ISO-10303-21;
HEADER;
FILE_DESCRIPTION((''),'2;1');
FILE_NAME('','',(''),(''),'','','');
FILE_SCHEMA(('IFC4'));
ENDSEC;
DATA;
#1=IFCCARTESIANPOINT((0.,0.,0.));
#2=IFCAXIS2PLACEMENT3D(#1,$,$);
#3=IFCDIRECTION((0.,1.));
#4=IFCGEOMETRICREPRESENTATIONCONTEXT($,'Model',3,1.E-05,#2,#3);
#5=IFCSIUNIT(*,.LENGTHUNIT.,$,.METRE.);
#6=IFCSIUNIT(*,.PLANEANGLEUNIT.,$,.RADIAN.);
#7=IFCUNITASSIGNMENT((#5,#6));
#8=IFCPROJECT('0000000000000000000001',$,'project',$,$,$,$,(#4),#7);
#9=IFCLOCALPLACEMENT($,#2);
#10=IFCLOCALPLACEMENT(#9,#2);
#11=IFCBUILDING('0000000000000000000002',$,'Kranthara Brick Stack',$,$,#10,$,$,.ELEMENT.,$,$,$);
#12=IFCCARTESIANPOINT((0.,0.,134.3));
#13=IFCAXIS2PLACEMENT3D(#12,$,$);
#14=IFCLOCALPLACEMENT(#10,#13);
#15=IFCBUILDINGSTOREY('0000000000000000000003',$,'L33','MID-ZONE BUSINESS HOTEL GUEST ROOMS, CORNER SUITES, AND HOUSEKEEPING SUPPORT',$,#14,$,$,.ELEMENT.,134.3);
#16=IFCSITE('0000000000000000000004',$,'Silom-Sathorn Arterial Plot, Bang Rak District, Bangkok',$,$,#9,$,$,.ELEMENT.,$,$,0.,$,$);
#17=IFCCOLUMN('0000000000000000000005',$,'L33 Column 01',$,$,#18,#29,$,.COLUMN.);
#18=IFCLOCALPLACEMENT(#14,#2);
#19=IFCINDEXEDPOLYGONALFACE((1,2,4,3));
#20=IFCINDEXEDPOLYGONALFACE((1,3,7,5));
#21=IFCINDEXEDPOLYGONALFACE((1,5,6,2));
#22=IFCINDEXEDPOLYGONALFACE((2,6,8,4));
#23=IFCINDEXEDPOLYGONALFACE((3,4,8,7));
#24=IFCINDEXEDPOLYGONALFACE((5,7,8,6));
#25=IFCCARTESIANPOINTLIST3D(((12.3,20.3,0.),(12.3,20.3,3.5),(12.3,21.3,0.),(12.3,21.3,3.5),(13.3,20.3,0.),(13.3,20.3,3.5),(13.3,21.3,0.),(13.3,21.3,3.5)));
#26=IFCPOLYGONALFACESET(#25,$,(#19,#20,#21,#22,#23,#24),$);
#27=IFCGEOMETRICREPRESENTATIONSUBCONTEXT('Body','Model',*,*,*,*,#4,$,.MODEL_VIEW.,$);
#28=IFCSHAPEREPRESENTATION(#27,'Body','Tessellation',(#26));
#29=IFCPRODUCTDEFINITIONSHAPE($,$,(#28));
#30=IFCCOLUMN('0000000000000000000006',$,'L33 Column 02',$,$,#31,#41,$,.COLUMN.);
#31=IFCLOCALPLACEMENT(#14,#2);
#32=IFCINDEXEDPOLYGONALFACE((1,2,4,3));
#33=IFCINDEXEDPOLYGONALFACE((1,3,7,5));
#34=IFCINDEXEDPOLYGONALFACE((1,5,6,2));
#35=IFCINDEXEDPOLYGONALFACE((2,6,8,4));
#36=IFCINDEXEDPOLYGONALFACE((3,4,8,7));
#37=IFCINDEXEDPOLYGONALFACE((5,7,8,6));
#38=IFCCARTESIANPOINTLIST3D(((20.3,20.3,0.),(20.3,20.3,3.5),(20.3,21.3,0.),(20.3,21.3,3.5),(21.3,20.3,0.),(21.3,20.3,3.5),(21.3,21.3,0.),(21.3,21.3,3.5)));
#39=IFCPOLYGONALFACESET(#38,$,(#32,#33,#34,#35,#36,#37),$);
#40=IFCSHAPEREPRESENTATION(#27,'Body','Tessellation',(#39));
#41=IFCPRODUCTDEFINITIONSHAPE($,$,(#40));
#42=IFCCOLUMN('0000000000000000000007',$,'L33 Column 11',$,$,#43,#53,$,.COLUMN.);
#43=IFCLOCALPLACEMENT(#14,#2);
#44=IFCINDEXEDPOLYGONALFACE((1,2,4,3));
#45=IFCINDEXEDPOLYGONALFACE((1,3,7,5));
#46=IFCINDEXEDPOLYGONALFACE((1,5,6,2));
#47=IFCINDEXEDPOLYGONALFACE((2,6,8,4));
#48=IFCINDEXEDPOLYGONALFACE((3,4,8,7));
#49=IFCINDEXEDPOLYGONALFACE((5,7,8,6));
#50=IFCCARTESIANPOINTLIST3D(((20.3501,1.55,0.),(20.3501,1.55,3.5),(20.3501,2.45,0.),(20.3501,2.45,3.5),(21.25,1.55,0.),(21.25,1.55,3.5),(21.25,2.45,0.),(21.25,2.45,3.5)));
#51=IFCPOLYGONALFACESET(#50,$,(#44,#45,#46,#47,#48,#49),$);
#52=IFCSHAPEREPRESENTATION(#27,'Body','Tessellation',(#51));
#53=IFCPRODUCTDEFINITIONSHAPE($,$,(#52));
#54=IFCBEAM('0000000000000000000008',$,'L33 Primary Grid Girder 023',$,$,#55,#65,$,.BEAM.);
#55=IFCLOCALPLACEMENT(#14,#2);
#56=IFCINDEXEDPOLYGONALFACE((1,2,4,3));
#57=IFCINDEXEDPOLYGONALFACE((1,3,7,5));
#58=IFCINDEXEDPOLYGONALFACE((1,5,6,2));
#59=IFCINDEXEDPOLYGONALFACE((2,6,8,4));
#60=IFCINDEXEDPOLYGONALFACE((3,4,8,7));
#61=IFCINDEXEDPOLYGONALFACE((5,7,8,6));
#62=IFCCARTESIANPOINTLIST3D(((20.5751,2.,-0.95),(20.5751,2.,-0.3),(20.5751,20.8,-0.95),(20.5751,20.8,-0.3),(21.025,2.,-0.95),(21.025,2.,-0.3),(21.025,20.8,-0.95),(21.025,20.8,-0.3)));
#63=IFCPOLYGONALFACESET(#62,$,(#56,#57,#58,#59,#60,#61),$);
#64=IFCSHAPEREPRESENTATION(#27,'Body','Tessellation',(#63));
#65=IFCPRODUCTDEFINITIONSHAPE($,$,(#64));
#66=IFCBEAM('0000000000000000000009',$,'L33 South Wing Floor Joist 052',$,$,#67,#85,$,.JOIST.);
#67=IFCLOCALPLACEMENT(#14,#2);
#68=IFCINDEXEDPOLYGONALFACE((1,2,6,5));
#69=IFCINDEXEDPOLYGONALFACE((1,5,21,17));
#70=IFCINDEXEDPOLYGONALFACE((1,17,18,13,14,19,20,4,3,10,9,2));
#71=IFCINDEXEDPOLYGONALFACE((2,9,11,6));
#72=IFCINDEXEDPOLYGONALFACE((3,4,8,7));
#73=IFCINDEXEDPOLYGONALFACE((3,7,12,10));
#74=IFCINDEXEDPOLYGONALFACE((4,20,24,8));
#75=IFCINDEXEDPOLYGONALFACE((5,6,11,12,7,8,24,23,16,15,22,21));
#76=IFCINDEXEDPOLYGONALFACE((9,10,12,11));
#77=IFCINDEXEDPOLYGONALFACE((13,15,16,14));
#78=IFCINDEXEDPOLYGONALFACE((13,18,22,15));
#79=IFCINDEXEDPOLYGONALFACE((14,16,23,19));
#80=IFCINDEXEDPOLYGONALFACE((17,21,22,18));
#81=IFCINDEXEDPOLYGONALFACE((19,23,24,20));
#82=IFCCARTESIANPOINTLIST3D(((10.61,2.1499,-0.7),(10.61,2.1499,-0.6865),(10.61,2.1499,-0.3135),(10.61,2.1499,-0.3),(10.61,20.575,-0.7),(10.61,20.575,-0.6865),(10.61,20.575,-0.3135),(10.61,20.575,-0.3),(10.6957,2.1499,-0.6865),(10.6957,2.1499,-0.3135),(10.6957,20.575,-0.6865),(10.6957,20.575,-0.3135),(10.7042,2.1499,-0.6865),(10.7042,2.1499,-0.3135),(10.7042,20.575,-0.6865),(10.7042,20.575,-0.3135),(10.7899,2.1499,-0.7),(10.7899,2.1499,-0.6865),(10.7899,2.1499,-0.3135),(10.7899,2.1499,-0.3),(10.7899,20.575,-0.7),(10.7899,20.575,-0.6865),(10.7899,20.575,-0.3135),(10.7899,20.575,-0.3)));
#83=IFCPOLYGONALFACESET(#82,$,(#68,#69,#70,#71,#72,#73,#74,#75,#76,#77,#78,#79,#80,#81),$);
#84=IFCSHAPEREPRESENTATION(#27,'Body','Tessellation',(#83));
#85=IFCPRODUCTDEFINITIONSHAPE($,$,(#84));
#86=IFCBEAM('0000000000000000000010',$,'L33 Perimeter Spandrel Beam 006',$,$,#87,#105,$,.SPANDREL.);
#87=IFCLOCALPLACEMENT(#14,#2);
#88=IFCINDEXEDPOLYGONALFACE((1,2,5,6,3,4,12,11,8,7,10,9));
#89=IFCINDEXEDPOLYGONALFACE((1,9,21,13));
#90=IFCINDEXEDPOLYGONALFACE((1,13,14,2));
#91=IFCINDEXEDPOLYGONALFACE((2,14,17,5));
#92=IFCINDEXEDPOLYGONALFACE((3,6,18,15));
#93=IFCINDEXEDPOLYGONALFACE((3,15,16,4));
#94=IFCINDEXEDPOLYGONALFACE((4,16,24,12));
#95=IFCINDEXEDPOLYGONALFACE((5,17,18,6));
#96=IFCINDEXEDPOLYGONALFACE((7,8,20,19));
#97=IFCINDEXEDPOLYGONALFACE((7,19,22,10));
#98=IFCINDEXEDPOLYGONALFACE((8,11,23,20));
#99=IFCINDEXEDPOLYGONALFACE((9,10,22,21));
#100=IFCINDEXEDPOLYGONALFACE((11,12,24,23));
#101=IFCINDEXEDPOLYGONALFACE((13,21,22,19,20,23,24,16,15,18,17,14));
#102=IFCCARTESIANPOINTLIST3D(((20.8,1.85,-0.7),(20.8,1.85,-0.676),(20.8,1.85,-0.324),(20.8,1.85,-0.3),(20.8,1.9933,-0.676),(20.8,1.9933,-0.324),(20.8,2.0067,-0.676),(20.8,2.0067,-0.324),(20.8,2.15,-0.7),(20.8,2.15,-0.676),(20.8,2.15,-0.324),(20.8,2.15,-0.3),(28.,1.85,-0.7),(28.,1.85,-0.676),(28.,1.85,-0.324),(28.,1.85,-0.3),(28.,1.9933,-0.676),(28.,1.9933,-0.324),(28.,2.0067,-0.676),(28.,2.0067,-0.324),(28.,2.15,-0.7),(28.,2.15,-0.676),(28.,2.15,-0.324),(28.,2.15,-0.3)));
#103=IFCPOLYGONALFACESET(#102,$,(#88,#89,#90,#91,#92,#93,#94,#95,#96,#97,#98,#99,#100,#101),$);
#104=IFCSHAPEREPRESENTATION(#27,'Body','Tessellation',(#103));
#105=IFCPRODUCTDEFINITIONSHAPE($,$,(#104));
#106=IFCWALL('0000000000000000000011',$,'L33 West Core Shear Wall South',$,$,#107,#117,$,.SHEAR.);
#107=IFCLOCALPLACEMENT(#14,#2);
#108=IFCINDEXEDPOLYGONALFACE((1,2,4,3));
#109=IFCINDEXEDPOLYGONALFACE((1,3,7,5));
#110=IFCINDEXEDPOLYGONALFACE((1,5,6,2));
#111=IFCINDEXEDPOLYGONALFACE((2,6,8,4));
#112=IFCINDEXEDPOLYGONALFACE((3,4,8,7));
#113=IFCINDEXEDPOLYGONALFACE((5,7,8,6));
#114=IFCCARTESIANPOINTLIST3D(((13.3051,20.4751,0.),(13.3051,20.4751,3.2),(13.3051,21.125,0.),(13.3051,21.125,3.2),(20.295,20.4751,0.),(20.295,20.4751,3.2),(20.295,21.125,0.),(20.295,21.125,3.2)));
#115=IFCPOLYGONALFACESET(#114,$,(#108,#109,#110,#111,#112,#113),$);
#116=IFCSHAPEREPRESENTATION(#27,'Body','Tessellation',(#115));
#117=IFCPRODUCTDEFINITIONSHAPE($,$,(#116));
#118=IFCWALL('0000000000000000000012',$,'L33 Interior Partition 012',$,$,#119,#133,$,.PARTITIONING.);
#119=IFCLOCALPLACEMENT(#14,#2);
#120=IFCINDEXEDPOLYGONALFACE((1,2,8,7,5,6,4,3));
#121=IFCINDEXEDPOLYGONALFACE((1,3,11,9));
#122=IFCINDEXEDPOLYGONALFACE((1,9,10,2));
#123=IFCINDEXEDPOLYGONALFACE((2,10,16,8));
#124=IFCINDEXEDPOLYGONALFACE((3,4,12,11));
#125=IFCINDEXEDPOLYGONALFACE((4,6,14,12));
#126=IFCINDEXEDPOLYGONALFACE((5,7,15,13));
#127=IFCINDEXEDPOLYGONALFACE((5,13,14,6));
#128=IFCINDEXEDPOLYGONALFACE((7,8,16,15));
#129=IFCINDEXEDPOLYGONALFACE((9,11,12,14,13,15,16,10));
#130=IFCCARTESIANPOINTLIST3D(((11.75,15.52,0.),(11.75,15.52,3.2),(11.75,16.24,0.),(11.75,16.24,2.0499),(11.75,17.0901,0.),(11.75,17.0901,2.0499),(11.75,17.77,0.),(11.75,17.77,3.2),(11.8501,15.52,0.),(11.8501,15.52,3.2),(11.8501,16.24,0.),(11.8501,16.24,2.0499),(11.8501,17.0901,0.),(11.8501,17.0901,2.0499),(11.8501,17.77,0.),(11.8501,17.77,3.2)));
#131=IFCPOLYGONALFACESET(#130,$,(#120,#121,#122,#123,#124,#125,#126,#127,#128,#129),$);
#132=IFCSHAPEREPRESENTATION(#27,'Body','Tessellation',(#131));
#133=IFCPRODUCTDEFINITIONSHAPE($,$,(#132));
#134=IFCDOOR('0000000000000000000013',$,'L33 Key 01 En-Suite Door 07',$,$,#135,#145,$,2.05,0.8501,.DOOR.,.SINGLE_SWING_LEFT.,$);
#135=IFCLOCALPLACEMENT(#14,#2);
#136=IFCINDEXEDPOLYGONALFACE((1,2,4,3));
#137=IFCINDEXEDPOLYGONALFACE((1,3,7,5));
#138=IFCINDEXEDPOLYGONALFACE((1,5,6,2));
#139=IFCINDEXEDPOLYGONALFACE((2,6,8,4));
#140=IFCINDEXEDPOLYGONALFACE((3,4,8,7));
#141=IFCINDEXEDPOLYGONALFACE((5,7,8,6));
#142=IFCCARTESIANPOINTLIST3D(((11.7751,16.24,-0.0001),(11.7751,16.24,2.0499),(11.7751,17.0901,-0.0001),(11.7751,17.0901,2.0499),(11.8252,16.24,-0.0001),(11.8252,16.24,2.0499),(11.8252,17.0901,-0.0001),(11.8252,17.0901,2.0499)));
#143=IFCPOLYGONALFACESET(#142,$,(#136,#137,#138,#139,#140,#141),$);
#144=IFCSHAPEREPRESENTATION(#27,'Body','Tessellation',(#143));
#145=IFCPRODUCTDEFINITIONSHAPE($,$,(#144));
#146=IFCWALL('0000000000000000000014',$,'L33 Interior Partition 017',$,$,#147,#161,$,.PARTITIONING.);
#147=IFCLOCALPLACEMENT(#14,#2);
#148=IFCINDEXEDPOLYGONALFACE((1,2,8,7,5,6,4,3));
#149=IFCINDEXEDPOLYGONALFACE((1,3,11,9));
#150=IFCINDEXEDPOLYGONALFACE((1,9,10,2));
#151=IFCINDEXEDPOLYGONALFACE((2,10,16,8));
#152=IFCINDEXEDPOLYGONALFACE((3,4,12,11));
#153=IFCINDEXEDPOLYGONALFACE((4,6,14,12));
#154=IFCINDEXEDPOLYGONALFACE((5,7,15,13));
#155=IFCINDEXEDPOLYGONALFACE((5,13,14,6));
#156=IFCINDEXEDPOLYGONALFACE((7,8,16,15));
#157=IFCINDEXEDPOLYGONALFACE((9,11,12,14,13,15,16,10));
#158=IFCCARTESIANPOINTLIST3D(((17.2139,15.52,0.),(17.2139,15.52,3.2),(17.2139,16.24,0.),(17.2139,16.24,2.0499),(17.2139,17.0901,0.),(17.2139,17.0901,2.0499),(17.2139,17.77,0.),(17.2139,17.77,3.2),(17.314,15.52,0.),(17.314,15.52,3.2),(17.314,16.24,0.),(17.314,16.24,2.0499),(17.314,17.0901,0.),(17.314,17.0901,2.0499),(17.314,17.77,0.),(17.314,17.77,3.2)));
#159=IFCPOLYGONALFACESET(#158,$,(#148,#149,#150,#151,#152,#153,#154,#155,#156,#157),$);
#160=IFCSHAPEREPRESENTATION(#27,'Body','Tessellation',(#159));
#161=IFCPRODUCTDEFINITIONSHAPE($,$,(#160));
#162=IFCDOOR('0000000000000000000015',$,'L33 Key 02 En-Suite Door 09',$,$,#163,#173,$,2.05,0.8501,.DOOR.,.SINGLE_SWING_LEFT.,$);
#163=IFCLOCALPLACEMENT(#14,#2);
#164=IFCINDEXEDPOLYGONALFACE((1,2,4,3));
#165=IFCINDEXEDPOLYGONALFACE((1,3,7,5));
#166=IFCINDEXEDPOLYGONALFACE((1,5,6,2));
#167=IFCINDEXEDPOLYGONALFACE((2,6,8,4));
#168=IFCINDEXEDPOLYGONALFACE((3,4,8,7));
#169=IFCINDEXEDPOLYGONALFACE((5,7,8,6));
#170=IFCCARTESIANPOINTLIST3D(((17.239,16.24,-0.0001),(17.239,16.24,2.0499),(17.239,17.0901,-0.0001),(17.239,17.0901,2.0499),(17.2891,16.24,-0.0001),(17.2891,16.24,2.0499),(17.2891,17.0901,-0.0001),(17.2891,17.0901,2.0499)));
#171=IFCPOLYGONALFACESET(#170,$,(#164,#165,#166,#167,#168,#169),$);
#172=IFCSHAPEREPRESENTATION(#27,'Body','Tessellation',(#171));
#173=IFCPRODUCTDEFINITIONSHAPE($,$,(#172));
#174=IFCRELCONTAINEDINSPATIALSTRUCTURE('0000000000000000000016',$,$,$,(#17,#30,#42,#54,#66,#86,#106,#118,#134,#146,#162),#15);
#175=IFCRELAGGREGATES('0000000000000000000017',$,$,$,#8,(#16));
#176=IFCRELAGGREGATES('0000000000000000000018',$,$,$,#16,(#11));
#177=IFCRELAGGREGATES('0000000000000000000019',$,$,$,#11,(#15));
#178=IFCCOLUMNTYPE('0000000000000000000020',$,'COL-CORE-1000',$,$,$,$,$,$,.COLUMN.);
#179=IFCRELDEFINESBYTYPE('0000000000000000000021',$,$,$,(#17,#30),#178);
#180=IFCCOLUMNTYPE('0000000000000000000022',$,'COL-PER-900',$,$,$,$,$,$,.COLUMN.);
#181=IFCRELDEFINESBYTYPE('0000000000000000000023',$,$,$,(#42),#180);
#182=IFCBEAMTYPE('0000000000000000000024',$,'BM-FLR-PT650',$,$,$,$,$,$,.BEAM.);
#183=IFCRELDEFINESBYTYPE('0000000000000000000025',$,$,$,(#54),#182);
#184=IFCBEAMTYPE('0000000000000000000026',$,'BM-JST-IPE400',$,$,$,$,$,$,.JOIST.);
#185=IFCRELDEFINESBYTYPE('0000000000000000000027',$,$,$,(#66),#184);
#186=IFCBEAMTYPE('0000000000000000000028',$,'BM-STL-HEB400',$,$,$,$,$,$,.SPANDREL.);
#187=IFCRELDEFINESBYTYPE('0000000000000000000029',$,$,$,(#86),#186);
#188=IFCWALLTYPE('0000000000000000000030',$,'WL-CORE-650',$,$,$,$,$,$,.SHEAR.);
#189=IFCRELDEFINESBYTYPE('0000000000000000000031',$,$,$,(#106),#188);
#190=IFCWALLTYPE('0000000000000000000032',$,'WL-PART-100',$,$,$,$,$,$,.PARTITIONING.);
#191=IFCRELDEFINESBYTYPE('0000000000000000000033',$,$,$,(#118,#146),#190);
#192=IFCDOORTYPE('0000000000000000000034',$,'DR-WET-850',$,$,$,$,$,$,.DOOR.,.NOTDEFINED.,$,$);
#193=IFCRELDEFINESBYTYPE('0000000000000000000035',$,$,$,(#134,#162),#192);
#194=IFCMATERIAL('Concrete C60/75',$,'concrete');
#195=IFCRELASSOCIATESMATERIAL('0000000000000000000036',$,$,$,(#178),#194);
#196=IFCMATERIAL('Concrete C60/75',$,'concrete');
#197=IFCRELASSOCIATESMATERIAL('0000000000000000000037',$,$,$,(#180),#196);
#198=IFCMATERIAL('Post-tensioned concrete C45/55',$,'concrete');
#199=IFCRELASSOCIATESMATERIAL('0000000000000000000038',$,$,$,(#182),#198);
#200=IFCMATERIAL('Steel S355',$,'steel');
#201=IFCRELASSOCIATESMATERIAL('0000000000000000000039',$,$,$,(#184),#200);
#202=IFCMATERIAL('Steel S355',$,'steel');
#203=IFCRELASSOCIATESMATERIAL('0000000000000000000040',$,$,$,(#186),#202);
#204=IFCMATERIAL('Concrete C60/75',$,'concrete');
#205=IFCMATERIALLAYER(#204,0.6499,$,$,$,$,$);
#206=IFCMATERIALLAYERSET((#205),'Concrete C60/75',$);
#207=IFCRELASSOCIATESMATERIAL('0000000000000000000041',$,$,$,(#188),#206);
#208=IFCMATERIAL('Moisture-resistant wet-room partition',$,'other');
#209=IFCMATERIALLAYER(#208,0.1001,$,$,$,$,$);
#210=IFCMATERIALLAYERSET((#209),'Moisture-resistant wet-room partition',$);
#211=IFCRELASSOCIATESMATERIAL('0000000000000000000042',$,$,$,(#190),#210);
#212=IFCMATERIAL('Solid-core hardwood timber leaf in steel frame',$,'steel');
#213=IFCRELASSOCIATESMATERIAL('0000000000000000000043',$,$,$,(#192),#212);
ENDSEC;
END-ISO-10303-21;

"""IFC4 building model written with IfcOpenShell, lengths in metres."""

from ifc_helpers import new_model, si_unit, direction, frame, frame_2d, origin, origin_2d, place, context, subcontext, project, spatial, rectangle, i_section, extrude, material, layer, layer_set, material_profile, profile_set, type_object, element, fill, save


model = new_model("IFC4")

# Units and contexts
model_context = context("Model", 3, precision=1e-05, world=origin(), true_north=direction((0.0, 1.0)))
body_context = subcontext(model_context, "Body", "Model", "MODEL_VIEW")
ifc_project = project(units=[si_unit("LENGTHUNIT", "METRE"), si_unit("PLANEANGLEUNIT", "RADIAN")], contexts=[model_context])

# Site, building, storey
site_placement = place(None, origin())
site = spatial("IfcSite", under=ifc_project, at=site_placement, Name="Silom-Sathorn Arterial Plot, Bang Rak District, Bangkok", CompositionType="ELEMENT", RefElevation=0.0)
building_placement = place(site_placement, origin())
building = spatial("IfcBuilding", under=site, at=building_placement, Name="Kranthara Brick Stack", CompositionType="ELEMENT")
storey_placement = place(building_placement, frame((0.0, 0.0, 134.3)))
storey = spatial("IfcBuildingStorey", under=building, at=storey_placement, Name="L33", Description="MID-ZONE BUSINESS HOTEL GUEST ROOMS, CORNER SUITES, AND HOUSEKEEPING SUPPORT", CompositionType="ELEMENT", Elevation=134.3)

# Columns
ifc_material_1 = material(Name="Concrete C60/75", Category="concrete")
ifc_material_profile_1 = material_profile(ifc_material_1, rectangle(XDim=1.0, YDim=1.0, at=origin_2d()), Name="RC 1000x1000")
ifc_profile_set_1 = profile_set([ifc_material_profile_1], Name="Concrete C60/75")
column_type_1 = type_object("IfcColumnType", Name="COL-CORE-1000", PredefinedType="COLUMN", material=ifc_profile_set_1)
for number, where, z_axis, x_axis, name in (
    (1, (12.8, 20.8, 0.0), (0.0, 0.0, 1.0), (1.0, 0.0, 0.0), "L33 Column 01"),
    (2, (20.8, 20.8, 0.0), (0.0, 0.0, 1.0), (1.0, 0.0, 0.0), "L33 Column 02"),
):
    element("IfcColumn", number, at=place(storey_placement, frame(where, z_axis=z_axis, x_axis=x_axis)), inside=storey, type_object=column_type_1, Name=name, PredefinedType="COLUMN", context=body_context, shape_type="SweptSolid", body=[
        extrude(rectangle(XDim=1.0, YDim=1.0, at=origin_2d()), origin(), (0.0, 0.0, 1.0), 3.5),
    ])
ifc_material_2 = material(Name="Concrete C60/75", Category="concrete")
ifc_material_profile_2 = material_profile(ifc_material_2, rectangle(XDim=0.8999, YDim=0.8999, at=origin_2d()), Name="RC 900x900")
ifc_profile_set_2 = profile_set([ifc_material_profile_2], Name="Concrete C60/75")
column_type_2 = type_object("IfcColumnType", Name="COL-PER-900", PredefinedType="COLUMN", material=ifc_profile_set_2)
column_placement = place(storey_placement, frame((20.8, 2.0, 0.0), z_axis=(0.0, 0.0, 1.0), x_axis=(1.0, 0.0, 0.0)))
element("IfcColumn", 3, at=column_placement, inside=storey, type_object=column_type_2, Name="L33 Column 11", PredefinedType="COLUMN", context=body_context, shape_type="SweptSolid", body=[
    extrude(rectangle(XDim=0.8999, YDim=0.8999, at=origin_2d()), origin(), (0.0, 0.0, 1.0), 3.5),
])

# Beams
ifc_material_3 = material(Name="Post-tensioned concrete C45/55", Category="concrete")
ifc_material_profile_3 = material_profile(ifc_material_3, rectangle(XDim=0.45, YDim=0.6499, at=origin_2d()), Name="PT 450x650")
ifc_profile_set_3 = profile_set([ifc_material_profile_3], Name="Post-tensioned concrete C45/55")
beam_type_1 = type_object("IfcBeamType", Name="BM-FLR-PT650", PredefinedType="BEAM", material=ifc_profile_set_3)
beam_1_placement = place(storey_placement, frame((20.8, 2.0, -0.625), z_axis=(0.0, 1.0, 0.0), x_axis=(-1.0, 0.0, 0.0)))
element("IfcBeam", 4, at=beam_1_placement, inside=storey, type_object=beam_type_1, Name="L33 Primary Grid Girder 023", PredefinedType="BEAM", context=body_context, shape_type="SweptSolid", body=[
    extrude(rectangle(XDim=0.45, YDim=0.6499, at=origin_2d()), origin(), (0.0, 0.0, 1.0), 18.8),
])
ifc_material_4 = material(Name="Steel S355", Category="steel")
ifc_material_profile_4 = material_profile(ifc_material_4, i_section(OverallWidth=0.1799, OverallDepth=0.3999, WebThickness=0.0085, FlangeThickness=0.0134, at=origin_2d()), Name="IPE 400")
ifc_profile_set_4 = profile_set([ifc_material_profile_4], Name="Steel S355")
beam_type_2 = type_object("IfcBeamType", Name="BM-JST-IPE400", PredefinedType="JOIST", material=ifc_profile_set_4)
beam_2_placement = place(storey_placement, frame((10.7, 2.1499, -0.5), z_axis=(0.0, 1.0, 0.0), x_axis=(-1.0, 0.0, 0.0)))
element("IfcBeam", 5, at=beam_2_placement, inside=storey, type_object=beam_type_2, Name="L33 South Wing Floor Joist 052", PredefinedType="JOIST", context=body_context, shape_type="SweptSolid", body=[
    extrude(i_section(OverallWidth=0.1799, OverallDepth=0.3999, WebThickness=0.0085, FlangeThickness=0.0134, at=origin_2d()), origin(), (0.0, 0.0, 1.0), 18.425),
])
ifc_material_5 = material(Name="Steel S355", Category="steel")
ifc_material_profile_5 = material_profile(ifc_material_5, i_section(OverallWidth=0.3, OverallDepth=0.3999, WebThickness=0.0134, FlangeThickness=0.0239, at=origin_2d()), Name="HEB 400")
ifc_profile_set_5 = profile_set([ifc_material_profile_5], Name="Steel S355")
beam_type_3 = type_object("IfcBeamType", Name="BM-STL-HEB400", PredefinedType="SPANDREL", material=ifc_profile_set_5)
beam_3_placement = place(storey_placement, frame((20.8, 2.0, -0.5), z_axis=(1.0, 0.0, 0.0), x_axis=(0.0, 1.0, 0.0)))
element("IfcBeam", 6, at=beam_3_placement, inside=storey, type_object=beam_type_3, Name="L33 Perimeter Spandrel Beam 006", PredefinedType="SPANDREL", context=body_context, shape_type="SweptSolid", body=[
    extrude(i_section(OverallWidth=0.3, OverallDepth=0.3999, WebThickness=0.0134, FlangeThickness=0.0239, at=origin_2d()), origin(), (0.0, 0.0, 1.0), 7.2),
])

# Wall
ifc_material_6 = material(Name="Concrete C60/75", Category="concrete")
ifc_layer_1 = layer(ifc_material_6, 0.6499)
ifc_layer_set_1 = layer_set([ifc_layer_1], Name="Concrete C60/75")
wall_type_1 = type_object("IfcWallType", Name="WL-CORE-650", PredefinedType="SHEAR", material=ifc_layer_set_1)
wall_1_placement = place(storey_placement, frame((13.3049, 20.8, 0.0), z_axis=(0.0, 0.0, 1.0), x_axis=(1.0, 0.0, 0.0)))
element("IfcWall", 7, at=wall_1_placement, inside=storey, type_object=wall_type_1, Name="L33 West Core Shear Wall South", PredefinedType="SHEAR", context=body_context, shape_type="SweptSolid", body=[
    extrude(rectangle(XDim=6.99, YDim=0.6499, at=frame_2d((3.4951, 0.0))), origin(), (0.0, 0.0, 1.0), 3.2),
])

# Walls, openings, doors
ifc_material_7 = material(Name="Moisture-resistant wet-room partition", Category="other")
ifc_layer_2 = layer(ifc_material_7, 0.1001)
ifc_layer_set_2 = layer_set([ifc_layer_2], Name="Moisture-resistant wet-room partition")
wall_type_2 = type_object("IfcWallType", Name="WL-PART-100", PredefinedType="PARTITIONING", material=ifc_layer_set_2)
wall_2_placement = place(storey_placement, frame((11.8, 15.52, 0.0), z_axis=(0.0, 0.0, 1.0), x_axis=(0.0, 1.0, 0.0)))
wall_2 = element("IfcWall", 8, at=wall_2_placement, inside=storey, type_object=wall_type_2, Name="L33 Interior Partition 012", PredefinedType="PARTITIONING", context=body_context, shape_type="SweptSolid", body=[
    extrude(rectangle(XDim=2.25, YDim=0.1001, at=frame_2d((1.125, 0.0))), origin(), (0.0, 0.0, 1.0), 3.2),
])
opening_1_placement = place(wall_2_placement, frame((0.72, 0.0, 0.0)))
opening_1 = element("IfcOpeningElement", 9, at=opening_1_placement, cuts=wall_2, PredefinedType="OPENING", context=body_context, shape_type="SweptSolid", body=[
    extrude(rectangle(XDim=0.8501, YDim=2.05, at=frame_2d((0.425, 1.0249))), frame((0.0, 0.0601, 0.0), z_axis=(0.0, -1.0, 0.0), x_axis=(1.0, 0.0, 0.0)), (0.0, 0.0, 1.0), 0.1201),
])
ifc_material_8 = material(Name="Solid-core hardwood timber leaf in steel frame", Category="steel")
door_type_1 = type_object("IfcDoorType", Name="DR-WET-850", OperationType="NOTDEFINED", PredefinedType="DOOR", material=ifc_material_8)
door_1_placement = place(opening_1_placement, origin())
door_1 = element("IfcDoor", 10, at=door_1_placement, inside=storey, type_object=door_type_1, Name="L33 Key 01 En-Suite Door 07", OperationType="SINGLE_SWING_LEFT", OverallHeight=2.05, OverallWidth=0.8501, PredefinedType="DOOR", context=body_context, shape_type="SweptSolid", body=[
    extrude(rectangle(XDim=0.8501, YDim=2.05, at=frame_2d((0.425, 1.0249))), frame((0.0, 0.0249, 0.0), z_axis=(0.0, -1.0, 0.0), x_axis=(1.0, 0.0, 0.0)), (0.0, 0.0, 1.0), 0.05),
])
fill(opening_1, door_1)
wall_3_placement = place(storey_placement, frame((17.2639, 15.52, 0.0), z_axis=(0.0, 0.0, 1.0), x_axis=(0.0, 1.0, 0.0)))
wall_3 = element("IfcWall", 11, at=wall_3_placement, inside=storey, type_object=wall_type_2, Name="L33 Interior Partition 017", PredefinedType="PARTITIONING", context=body_context, shape_type="SweptSolid", body=[
    extrude(rectangle(XDim=2.25, YDim=0.1001, at=frame_2d((1.125, 0.0))), origin(), (0.0, 0.0, 1.0), 3.2),
])
opening_2_placement = place(wall_3_placement, frame((0.72, 0.0, 0.0)))
opening_2 = element("IfcOpeningElement", 12, at=opening_2_placement, cuts=wall_3, PredefinedType="OPENING", context=body_context, shape_type="SweptSolid", body=[
    extrude(rectangle(XDim=0.8501, YDim=2.05, at=frame_2d((0.425, 1.0249))), frame((0.0, 0.0601, 0.0), z_axis=(0.0, -1.0, 0.0), x_axis=(1.0, 0.0, 0.0)), (0.0, 0.0, 1.0), 0.1201),
])
door_2_placement = place(opening_2_placement, origin())
door_2 = element("IfcDoor", 13, at=door_2_placement, inside=storey, type_object=door_type_1, Name="L33 Key 02 En-Suite Door 09", OperationType="SINGLE_SWING_LEFT", OverallHeight=2.05, OverallWidth=0.8501, PredefinedType="DOOR", context=body_context, shape_type="SweptSolid", body=[
    extrude(rectangle(XDim=0.8501, YDim=2.05, at=frame_2d((0.425, 1.0249))), frame((0.0, 0.0249, 0.0), z_axis=(0.0, -1.0, 0.0), x_axis=(1.0, 0.0, 0.0)), (0.0, 0.0, 1.0), 0.05),
])
fill(opening_2, door_2)

save(model, "model.ifc")
